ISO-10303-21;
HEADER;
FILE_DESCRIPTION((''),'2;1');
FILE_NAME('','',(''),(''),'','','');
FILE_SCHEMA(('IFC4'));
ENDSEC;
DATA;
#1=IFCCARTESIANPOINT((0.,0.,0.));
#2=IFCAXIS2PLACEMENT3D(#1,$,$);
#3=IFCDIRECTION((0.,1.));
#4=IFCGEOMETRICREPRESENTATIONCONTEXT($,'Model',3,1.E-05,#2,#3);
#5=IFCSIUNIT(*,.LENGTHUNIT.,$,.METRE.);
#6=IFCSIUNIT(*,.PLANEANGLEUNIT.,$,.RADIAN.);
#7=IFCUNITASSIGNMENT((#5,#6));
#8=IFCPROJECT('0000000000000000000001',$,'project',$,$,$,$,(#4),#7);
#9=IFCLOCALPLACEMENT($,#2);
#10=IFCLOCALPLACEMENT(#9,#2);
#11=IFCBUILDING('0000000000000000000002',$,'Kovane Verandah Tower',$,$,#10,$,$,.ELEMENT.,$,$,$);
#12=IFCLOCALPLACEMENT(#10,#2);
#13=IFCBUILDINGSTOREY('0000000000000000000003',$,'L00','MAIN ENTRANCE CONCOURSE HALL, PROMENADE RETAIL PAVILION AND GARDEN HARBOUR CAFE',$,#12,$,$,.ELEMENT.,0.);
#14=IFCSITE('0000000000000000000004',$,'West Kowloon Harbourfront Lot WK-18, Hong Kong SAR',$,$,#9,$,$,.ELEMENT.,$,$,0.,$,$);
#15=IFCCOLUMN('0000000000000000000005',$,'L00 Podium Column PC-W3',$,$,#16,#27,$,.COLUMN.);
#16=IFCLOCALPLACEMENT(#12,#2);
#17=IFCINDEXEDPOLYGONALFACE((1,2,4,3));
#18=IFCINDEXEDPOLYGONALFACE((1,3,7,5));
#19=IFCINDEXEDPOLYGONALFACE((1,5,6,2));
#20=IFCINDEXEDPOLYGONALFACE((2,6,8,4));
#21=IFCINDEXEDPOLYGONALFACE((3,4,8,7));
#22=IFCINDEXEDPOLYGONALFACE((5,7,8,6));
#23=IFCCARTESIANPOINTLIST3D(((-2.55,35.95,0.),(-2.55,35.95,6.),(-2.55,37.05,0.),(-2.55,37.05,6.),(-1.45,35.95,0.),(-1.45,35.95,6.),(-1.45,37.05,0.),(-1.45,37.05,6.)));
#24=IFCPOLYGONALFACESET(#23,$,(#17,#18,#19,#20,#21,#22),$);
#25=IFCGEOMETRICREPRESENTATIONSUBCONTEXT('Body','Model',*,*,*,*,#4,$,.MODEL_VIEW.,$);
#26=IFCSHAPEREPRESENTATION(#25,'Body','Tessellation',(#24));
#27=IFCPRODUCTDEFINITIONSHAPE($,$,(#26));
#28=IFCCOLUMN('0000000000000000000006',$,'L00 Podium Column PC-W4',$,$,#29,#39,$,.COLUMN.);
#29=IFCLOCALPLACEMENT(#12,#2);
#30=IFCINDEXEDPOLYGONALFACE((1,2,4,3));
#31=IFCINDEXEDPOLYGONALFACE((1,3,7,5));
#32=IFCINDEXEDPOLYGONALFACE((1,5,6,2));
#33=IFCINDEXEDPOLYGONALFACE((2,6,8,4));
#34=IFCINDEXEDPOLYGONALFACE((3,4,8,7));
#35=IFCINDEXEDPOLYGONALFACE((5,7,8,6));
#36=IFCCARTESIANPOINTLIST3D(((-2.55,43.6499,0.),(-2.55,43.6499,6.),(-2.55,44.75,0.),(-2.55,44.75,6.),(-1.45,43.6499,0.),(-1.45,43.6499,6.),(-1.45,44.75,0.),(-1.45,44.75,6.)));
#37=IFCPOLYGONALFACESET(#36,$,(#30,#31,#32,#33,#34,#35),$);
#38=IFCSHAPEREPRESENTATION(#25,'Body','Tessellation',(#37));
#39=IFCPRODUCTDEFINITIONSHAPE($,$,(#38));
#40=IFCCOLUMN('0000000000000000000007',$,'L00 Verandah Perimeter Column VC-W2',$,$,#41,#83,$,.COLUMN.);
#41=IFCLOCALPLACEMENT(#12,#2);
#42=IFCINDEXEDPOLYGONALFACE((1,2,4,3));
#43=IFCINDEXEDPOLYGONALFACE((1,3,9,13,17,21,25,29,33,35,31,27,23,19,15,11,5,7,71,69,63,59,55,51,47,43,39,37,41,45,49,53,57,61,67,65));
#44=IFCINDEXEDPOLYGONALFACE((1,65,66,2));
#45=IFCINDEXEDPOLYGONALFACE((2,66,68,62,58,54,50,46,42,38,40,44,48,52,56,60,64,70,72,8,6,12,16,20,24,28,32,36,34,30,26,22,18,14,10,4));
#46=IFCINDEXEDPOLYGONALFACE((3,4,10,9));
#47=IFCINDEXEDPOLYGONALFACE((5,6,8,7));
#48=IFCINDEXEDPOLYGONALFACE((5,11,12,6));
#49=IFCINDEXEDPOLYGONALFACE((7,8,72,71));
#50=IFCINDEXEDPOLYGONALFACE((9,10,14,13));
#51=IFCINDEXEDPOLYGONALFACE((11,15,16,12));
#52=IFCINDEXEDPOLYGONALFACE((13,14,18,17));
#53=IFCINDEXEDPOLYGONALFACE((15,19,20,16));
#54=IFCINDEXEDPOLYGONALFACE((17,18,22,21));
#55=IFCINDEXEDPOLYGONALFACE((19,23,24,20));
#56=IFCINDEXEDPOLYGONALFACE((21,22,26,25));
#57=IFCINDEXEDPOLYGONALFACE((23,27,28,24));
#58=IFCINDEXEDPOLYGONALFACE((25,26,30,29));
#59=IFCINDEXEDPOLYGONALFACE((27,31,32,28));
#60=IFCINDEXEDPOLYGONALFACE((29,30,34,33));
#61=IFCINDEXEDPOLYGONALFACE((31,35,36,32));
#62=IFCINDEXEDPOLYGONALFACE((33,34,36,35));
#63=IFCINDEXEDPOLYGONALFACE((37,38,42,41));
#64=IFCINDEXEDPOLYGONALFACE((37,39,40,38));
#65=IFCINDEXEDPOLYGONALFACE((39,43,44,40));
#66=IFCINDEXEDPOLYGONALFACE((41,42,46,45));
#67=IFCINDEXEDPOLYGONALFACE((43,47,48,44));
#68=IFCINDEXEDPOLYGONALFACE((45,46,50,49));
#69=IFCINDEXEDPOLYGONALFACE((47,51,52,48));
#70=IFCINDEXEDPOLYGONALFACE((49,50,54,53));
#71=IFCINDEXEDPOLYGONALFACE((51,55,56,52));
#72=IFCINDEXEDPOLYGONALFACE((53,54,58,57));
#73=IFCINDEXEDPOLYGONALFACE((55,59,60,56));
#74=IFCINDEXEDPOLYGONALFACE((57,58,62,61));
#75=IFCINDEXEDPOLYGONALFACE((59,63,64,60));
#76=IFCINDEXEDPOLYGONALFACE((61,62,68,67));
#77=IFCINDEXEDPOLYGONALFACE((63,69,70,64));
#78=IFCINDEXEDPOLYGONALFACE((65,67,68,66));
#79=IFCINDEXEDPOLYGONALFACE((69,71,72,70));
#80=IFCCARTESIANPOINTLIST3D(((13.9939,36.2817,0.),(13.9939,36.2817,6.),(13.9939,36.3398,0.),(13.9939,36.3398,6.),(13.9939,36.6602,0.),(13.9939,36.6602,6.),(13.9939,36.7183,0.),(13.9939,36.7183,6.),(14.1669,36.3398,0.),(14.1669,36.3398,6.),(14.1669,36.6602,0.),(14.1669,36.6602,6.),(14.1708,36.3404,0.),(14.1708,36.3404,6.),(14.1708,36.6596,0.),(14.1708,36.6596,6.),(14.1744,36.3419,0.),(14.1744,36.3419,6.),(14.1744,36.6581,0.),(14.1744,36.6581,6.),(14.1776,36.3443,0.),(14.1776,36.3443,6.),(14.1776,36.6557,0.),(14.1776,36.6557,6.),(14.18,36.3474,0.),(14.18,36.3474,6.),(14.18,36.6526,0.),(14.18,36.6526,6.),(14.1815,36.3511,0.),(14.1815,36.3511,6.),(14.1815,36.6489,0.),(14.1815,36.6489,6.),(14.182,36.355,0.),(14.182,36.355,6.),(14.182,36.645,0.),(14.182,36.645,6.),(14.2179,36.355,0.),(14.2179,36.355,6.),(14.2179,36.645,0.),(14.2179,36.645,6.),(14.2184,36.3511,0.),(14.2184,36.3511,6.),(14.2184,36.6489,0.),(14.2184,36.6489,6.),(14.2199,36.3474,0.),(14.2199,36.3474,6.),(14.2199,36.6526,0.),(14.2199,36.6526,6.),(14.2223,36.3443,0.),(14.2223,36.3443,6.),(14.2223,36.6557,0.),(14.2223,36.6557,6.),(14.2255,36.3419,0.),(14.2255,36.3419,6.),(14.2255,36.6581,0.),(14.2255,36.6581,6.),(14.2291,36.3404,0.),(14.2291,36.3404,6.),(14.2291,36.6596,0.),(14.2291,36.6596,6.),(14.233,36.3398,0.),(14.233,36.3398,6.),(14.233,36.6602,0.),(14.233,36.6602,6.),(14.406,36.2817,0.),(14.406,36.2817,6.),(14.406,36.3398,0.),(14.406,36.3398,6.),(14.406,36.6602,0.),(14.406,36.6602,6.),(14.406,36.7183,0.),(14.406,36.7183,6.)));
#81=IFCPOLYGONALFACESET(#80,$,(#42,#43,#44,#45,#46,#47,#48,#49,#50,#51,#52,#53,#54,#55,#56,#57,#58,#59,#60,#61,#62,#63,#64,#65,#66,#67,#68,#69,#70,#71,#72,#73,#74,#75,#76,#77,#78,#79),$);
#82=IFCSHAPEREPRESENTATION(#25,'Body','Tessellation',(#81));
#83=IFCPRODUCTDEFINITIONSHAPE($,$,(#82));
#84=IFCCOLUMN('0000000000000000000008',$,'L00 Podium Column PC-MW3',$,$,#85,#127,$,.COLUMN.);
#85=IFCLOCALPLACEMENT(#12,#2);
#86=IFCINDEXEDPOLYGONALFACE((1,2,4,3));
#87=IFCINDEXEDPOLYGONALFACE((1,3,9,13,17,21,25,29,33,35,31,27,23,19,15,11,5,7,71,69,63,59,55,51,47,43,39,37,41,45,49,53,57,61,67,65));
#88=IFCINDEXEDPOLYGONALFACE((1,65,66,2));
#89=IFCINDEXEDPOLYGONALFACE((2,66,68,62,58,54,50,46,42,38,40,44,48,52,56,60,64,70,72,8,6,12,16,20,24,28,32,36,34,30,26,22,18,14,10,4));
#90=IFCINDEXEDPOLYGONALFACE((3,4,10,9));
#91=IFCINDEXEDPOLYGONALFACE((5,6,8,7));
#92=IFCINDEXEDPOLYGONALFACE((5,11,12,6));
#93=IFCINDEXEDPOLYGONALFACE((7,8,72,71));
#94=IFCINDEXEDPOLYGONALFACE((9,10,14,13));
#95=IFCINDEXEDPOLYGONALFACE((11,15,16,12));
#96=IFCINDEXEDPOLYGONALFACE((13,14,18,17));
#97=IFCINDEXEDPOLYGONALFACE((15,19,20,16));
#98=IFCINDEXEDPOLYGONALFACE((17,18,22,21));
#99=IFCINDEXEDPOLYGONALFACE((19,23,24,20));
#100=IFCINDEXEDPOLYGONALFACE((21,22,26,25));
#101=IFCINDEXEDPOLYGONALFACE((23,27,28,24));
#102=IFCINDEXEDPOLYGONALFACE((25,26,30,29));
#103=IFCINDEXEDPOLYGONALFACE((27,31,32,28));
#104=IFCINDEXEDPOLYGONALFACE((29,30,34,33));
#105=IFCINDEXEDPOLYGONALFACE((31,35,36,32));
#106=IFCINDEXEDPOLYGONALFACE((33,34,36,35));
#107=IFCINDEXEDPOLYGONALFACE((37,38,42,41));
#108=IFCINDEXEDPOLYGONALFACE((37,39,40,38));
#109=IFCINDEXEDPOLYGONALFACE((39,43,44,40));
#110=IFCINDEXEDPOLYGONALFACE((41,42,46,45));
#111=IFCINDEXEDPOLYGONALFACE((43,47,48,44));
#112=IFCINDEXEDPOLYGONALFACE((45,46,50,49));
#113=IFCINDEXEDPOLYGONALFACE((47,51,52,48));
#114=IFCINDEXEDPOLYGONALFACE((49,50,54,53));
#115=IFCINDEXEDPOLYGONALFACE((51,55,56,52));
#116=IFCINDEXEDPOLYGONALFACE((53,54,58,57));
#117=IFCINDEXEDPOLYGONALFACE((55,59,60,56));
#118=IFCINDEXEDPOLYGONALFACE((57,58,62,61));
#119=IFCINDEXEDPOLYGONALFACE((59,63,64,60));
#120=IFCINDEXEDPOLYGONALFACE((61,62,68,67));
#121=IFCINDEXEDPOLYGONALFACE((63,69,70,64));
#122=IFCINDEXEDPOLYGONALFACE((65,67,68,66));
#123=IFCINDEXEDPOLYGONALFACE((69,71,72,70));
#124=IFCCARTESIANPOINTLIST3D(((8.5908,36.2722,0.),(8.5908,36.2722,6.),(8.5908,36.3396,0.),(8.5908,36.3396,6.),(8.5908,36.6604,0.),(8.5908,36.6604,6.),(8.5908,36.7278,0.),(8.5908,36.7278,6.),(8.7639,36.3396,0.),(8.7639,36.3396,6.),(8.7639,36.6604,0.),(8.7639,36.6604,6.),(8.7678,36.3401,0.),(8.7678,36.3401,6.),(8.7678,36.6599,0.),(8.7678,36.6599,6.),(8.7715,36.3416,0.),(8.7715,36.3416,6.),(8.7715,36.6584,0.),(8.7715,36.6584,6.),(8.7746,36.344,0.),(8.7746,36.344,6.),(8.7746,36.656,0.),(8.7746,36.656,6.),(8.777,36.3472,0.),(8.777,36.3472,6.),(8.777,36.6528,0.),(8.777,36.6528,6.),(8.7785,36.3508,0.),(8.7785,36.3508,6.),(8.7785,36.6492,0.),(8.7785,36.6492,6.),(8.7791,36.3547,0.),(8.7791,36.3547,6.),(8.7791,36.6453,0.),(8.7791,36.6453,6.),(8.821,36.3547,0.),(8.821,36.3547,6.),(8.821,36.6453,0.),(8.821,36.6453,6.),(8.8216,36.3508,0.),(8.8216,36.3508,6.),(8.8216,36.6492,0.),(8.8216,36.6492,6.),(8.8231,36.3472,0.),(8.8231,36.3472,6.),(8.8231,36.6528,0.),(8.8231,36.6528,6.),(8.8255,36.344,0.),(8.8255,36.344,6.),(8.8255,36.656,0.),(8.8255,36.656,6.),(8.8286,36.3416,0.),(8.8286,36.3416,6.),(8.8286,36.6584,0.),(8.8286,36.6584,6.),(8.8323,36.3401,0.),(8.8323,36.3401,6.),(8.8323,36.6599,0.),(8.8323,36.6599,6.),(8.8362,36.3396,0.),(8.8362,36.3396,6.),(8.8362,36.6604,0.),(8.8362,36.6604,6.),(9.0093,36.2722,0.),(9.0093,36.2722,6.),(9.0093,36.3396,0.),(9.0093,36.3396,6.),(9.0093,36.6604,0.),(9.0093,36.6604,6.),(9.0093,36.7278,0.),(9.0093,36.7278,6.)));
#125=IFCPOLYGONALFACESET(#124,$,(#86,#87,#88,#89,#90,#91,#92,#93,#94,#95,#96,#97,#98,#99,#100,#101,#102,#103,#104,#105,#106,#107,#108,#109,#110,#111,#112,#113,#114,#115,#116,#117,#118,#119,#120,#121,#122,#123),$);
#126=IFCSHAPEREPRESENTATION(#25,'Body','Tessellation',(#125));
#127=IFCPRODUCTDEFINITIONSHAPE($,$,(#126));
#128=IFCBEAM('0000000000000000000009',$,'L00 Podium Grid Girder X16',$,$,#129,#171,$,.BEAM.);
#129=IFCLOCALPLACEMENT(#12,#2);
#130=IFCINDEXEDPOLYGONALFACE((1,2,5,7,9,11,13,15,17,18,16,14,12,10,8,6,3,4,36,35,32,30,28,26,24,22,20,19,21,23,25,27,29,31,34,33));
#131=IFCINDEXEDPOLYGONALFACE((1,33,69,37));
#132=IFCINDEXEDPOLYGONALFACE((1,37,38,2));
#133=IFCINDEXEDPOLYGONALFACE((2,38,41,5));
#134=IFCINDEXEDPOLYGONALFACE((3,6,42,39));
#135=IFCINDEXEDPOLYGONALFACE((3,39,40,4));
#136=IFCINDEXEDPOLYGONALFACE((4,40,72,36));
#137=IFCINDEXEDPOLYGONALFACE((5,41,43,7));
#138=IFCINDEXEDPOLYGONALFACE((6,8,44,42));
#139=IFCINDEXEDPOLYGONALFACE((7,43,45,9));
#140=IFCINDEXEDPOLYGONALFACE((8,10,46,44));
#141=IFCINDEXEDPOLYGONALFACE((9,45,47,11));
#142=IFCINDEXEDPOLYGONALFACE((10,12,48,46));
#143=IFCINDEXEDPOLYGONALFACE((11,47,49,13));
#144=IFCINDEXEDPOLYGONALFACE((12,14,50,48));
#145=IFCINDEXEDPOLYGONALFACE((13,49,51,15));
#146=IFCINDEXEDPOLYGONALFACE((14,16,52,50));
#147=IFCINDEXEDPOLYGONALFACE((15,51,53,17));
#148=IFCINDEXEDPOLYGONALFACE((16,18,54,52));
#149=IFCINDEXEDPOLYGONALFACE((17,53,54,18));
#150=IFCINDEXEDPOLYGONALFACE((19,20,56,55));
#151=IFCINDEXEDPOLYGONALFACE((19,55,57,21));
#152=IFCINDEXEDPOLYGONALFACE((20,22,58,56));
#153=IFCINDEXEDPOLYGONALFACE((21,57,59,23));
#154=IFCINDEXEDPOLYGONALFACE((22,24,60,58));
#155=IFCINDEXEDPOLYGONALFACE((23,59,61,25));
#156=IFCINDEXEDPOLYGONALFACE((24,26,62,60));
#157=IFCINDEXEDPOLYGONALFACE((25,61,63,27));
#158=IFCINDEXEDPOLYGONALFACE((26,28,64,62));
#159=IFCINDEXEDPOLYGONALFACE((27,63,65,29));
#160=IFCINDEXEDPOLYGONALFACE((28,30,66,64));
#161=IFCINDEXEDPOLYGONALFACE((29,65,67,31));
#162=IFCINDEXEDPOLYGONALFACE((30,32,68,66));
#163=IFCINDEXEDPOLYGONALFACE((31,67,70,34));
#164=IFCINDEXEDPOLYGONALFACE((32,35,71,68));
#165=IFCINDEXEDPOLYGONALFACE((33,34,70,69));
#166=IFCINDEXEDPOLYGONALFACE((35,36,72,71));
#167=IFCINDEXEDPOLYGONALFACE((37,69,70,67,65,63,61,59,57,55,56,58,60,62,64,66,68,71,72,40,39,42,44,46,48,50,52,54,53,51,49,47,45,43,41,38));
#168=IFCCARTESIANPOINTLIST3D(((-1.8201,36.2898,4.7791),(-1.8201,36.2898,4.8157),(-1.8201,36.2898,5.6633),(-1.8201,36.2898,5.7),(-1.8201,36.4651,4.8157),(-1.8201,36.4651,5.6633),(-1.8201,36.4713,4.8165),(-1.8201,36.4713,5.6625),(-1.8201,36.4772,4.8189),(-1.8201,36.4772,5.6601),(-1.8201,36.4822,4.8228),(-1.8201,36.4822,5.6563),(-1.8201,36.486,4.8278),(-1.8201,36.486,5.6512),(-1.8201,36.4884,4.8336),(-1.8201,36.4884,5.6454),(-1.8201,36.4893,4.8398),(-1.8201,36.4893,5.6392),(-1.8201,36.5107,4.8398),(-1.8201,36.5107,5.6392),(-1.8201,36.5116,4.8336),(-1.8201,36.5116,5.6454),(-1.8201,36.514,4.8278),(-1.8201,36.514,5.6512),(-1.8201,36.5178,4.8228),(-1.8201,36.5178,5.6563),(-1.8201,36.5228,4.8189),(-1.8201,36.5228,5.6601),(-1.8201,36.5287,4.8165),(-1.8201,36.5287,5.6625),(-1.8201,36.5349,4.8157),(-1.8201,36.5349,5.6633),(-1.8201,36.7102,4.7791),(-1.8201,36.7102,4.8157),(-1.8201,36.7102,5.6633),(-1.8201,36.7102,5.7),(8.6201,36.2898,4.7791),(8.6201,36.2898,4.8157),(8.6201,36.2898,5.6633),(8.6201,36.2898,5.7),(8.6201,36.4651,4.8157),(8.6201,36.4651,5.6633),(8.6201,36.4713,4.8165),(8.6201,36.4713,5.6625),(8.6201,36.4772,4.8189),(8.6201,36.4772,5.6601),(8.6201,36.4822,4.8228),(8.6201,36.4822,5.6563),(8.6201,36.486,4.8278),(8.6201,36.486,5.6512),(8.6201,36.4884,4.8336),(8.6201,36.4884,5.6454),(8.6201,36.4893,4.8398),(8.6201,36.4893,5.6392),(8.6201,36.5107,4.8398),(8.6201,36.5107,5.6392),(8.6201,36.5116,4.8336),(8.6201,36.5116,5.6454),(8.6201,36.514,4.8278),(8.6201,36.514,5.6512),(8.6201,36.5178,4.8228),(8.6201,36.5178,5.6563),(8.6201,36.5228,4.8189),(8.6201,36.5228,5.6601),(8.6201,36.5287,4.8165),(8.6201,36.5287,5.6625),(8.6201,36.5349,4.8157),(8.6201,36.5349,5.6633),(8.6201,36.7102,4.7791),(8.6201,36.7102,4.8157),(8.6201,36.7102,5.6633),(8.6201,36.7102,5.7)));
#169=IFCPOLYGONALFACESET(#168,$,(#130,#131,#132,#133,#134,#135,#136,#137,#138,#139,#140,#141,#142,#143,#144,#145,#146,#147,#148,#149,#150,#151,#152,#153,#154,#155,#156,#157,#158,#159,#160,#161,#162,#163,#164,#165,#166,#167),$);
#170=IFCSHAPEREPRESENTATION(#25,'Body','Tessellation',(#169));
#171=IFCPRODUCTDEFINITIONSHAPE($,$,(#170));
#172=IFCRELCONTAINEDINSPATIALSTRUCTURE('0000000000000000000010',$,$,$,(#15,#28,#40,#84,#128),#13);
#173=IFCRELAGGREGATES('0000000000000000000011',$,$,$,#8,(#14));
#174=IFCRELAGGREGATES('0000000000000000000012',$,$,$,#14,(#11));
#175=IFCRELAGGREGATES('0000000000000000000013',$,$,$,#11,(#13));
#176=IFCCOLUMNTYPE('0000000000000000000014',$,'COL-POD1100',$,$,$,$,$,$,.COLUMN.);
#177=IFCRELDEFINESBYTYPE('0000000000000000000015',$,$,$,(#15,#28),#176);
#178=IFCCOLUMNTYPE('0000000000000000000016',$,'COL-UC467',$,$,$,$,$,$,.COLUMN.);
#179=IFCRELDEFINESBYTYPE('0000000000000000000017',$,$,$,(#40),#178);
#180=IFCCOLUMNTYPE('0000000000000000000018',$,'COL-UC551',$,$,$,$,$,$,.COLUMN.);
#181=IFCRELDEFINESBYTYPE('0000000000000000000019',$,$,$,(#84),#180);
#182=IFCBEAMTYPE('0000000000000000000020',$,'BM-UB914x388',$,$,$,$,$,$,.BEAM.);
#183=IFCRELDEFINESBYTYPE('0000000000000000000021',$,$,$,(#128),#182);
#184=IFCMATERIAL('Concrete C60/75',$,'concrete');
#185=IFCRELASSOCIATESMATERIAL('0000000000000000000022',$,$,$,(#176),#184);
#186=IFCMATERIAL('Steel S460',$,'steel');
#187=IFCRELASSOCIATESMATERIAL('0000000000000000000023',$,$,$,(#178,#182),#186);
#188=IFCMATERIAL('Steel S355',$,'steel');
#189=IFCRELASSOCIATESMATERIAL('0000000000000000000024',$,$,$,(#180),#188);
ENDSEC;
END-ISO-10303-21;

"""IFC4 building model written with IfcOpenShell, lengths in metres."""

from ifc_helpers import new_model, si_unit, direction, frame, origin, origin_2d, place, context, subcontext, project, spatial, rectangle, i_section, extrude, material, material_profile, profile_set, type_object, element, save


model = new_model("IFC4")

# Units and contexts
model_context = context("Model", 3, precision=1e-05, world=origin(), true_north=direction((0.0, 1.0)))
body_context = subcontext(model_context, "Body", "Model", "MODEL_VIEW")
ifc_project = project(units=[si_unit("LENGTHUNIT", "METRE"), si_unit("PLANEANGLEUNIT", "RADIAN")], contexts=[model_context])

# Site, building, storey
site_placement = place(None, origin())
site = spatial("IfcSite", under=ifc_project, at=site_placement, Name="West Kowloon Harbourfront Lot WK-18, Hong Kong SAR", CompositionType="ELEMENT", RefElevation=0.0)
building_placement = place(site_placement, origin())
building = spatial("IfcBuilding", under=site, at=building_placement, Name="Kovane Verandah Tower", CompositionType="ELEMENT")
storey_placement = place(building_placement, origin())
storey = spatial("IfcBuildingStorey", under=building, at=storey_placement, Name="L00", Description="MAIN ENTRANCE CONCOURSE HALL, PROMENADE RETAIL PAVILION AND GARDEN HARBOUR CAFE", CompositionType="ELEMENT", Elevation=0.0)

# Columns
ifc_material_1 = material(Name="Concrete C60/75", Category="concrete")
ifc_material_profile_1 = material_profile(ifc_material_1, rectangle(XDim=1.1001, YDim=1.1001, at=origin_2d()), Name="RC1100x1100")
ifc_profile_set_1 = profile_set([ifc_material_profile_1], Name="Concrete C60/75")
column_type_1 = type_object("IfcColumnType", Name="COL-POD1100", PredefinedType="COLUMN", material=ifc_profile_set_1)
for number, where, z_axis, x_axis, name in (
    (1, (-2.0, 36.5, 0.0), (0.0, 0.0, 1.0), (1.0, 0.0, 0.0), "L00 Podium Column PC-W3"),
    (2, (-2.0, 44.2, 0.0), (0.0, 0.0, 1.0), (1.0, 0.0, 0.0), "L00 Podium Column PC-W4"),
):
    element("IfcColumn", number, at=place(storey_placement, frame(where, z_axis=z_axis, x_axis=x_axis)), inside=storey, type_object=column_type_1, Name=name, PredefinedType="COLUMN", context=body_context, shape_type="SweptSolid", body=[
        extrude(rectangle(XDim=1.1001, YDim=1.1001, at=origin_2d()), origin(), (0.0, 0.0, 1.0), 6.0),
    ])
ifc_material_2 = material(Name="Steel S460", Category="steel")
ifc_material_profile_2 = material_profile(ifc_material_2, i_section(OverallWidth=0.4121, OverallDepth=0.4365, WebThickness=0.0359, FlangeThickness=0.0581, FilletRadius=0.0151, at=origin_2d()), Name="UC356x406x467")
ifc_profile_set_2 = profile_set([ifc_material_profile_2], Name="Steel S460")
column_type_2 = type_object("IfcColumnType", Name="COL-UC467", PredefinedType="COLUMN", material=ifc_profile_set_2)
column_1_placement = place(storey_placement, frame((14.2, 36.5, 0.0), z_axis=(0.0, 0.0, 1.0), x_axis=(1.0, 0.0, 0.0)))
element("IfcColumn", 3, at=column_1_placement, inside=storey, type_object=column_type_2, Name="L00 Verandah Perimeter Column VC-W2", PredefinedType="COLUMN", context=body_context, shape_type="SweptSolid", body=[
    extrude(i_section(OverallWidth=0.4121, OverallDepth=0.4365, WebThickness=0.0359, FlangeThickness=0.0581, FilletRadius=0.0151, at=origin_2d()), origin(), (0.0, 0.0, 1.0), 6.0),
])
ifc_material_3 = material(Name="Steel S355", Category="steel")
ifc_material_profile_3 = material_profile(ifc_material_3, i_section(OverallWidth=0.4185, OverallDepth=0.4556, WebThickness=0.042, FlangeThickness=0.0674, FilletRadius=0.0151, at=origin_2d()), Name="UC356x406x551")
ifc_profile_set_3 = profile_set([ifc_material_profile_3], Name="Steel S355")
column_type_3 = type_object("IfcColumnType", Name="COL-UC551", PredefinedType="COLUMN", material=ifc_profile_set_3)
column_2_placement = place(storey_placement, frame((8.8, 36.5, 0.0), z_axis=(0.0, 0.0, 1.0), x_axis=(1.0, 0.0, 0.0)))
element("IfcColumn", 4, at=column_2_placement, inside=storey, type_object=column_type_3, Name="L00 Podium Column PC-MW3", PredefinedType="COLUMN", context=body_context, shape_type="SweptSolid", body=[
    extrude(i_section(OverallWidth=0.4185, OverallDepth=0.4556, WebThickness=0.042, FlangeThickness=0.0674, FilletRadius=0.0151, at=origin_2d()), origin(), (0.0, 0.0, 1.0), 6.0),
])

# Beam
ifc_material_profile_4 = material_profile(ifc_material_2, i_section(OverallWidth=0.4204, OverallDepth=0.9209, WebThickness=0.0215, FlangeThickness=0.0366, FilletRadius=0.0242, at=origin_2d()), Name="UB914x419x388")
ifc_profile_set_4 = profile_set([ifc_material_profile_4], Name="Steel S460")
beam_type = type_object("IfcBeamType", Name="BM-UB914x388", PredefinedType="BEAM", material=ifc_profile_set_4)
beam_1_placement = place(storey_placement, frame((-1.8201, 36.5, 5.2395), z_axis=(1.0, 0.0, 0.0), x_axis=(0.0, 1.0, 0.0)))
element("IfcBeam", 5, at=beam_1_placement, inside=storey, type_object=beam_type, Name="L00 Podium Grid Girder X16", PredefinedType="BEAM", context=body_context, shape_type="SweptSolid", body=[
    extrude(i_section(OverallWidth=0.4204, OverallDepth=0.9209, WebThickness=0.0215, FlangeThickness=0.0366, FilletRadius=0.0242, at=origin_2d()), origin(), (0.0, 0.0, 1.0), 10.4402),
])

save(model, "model.ifc")
